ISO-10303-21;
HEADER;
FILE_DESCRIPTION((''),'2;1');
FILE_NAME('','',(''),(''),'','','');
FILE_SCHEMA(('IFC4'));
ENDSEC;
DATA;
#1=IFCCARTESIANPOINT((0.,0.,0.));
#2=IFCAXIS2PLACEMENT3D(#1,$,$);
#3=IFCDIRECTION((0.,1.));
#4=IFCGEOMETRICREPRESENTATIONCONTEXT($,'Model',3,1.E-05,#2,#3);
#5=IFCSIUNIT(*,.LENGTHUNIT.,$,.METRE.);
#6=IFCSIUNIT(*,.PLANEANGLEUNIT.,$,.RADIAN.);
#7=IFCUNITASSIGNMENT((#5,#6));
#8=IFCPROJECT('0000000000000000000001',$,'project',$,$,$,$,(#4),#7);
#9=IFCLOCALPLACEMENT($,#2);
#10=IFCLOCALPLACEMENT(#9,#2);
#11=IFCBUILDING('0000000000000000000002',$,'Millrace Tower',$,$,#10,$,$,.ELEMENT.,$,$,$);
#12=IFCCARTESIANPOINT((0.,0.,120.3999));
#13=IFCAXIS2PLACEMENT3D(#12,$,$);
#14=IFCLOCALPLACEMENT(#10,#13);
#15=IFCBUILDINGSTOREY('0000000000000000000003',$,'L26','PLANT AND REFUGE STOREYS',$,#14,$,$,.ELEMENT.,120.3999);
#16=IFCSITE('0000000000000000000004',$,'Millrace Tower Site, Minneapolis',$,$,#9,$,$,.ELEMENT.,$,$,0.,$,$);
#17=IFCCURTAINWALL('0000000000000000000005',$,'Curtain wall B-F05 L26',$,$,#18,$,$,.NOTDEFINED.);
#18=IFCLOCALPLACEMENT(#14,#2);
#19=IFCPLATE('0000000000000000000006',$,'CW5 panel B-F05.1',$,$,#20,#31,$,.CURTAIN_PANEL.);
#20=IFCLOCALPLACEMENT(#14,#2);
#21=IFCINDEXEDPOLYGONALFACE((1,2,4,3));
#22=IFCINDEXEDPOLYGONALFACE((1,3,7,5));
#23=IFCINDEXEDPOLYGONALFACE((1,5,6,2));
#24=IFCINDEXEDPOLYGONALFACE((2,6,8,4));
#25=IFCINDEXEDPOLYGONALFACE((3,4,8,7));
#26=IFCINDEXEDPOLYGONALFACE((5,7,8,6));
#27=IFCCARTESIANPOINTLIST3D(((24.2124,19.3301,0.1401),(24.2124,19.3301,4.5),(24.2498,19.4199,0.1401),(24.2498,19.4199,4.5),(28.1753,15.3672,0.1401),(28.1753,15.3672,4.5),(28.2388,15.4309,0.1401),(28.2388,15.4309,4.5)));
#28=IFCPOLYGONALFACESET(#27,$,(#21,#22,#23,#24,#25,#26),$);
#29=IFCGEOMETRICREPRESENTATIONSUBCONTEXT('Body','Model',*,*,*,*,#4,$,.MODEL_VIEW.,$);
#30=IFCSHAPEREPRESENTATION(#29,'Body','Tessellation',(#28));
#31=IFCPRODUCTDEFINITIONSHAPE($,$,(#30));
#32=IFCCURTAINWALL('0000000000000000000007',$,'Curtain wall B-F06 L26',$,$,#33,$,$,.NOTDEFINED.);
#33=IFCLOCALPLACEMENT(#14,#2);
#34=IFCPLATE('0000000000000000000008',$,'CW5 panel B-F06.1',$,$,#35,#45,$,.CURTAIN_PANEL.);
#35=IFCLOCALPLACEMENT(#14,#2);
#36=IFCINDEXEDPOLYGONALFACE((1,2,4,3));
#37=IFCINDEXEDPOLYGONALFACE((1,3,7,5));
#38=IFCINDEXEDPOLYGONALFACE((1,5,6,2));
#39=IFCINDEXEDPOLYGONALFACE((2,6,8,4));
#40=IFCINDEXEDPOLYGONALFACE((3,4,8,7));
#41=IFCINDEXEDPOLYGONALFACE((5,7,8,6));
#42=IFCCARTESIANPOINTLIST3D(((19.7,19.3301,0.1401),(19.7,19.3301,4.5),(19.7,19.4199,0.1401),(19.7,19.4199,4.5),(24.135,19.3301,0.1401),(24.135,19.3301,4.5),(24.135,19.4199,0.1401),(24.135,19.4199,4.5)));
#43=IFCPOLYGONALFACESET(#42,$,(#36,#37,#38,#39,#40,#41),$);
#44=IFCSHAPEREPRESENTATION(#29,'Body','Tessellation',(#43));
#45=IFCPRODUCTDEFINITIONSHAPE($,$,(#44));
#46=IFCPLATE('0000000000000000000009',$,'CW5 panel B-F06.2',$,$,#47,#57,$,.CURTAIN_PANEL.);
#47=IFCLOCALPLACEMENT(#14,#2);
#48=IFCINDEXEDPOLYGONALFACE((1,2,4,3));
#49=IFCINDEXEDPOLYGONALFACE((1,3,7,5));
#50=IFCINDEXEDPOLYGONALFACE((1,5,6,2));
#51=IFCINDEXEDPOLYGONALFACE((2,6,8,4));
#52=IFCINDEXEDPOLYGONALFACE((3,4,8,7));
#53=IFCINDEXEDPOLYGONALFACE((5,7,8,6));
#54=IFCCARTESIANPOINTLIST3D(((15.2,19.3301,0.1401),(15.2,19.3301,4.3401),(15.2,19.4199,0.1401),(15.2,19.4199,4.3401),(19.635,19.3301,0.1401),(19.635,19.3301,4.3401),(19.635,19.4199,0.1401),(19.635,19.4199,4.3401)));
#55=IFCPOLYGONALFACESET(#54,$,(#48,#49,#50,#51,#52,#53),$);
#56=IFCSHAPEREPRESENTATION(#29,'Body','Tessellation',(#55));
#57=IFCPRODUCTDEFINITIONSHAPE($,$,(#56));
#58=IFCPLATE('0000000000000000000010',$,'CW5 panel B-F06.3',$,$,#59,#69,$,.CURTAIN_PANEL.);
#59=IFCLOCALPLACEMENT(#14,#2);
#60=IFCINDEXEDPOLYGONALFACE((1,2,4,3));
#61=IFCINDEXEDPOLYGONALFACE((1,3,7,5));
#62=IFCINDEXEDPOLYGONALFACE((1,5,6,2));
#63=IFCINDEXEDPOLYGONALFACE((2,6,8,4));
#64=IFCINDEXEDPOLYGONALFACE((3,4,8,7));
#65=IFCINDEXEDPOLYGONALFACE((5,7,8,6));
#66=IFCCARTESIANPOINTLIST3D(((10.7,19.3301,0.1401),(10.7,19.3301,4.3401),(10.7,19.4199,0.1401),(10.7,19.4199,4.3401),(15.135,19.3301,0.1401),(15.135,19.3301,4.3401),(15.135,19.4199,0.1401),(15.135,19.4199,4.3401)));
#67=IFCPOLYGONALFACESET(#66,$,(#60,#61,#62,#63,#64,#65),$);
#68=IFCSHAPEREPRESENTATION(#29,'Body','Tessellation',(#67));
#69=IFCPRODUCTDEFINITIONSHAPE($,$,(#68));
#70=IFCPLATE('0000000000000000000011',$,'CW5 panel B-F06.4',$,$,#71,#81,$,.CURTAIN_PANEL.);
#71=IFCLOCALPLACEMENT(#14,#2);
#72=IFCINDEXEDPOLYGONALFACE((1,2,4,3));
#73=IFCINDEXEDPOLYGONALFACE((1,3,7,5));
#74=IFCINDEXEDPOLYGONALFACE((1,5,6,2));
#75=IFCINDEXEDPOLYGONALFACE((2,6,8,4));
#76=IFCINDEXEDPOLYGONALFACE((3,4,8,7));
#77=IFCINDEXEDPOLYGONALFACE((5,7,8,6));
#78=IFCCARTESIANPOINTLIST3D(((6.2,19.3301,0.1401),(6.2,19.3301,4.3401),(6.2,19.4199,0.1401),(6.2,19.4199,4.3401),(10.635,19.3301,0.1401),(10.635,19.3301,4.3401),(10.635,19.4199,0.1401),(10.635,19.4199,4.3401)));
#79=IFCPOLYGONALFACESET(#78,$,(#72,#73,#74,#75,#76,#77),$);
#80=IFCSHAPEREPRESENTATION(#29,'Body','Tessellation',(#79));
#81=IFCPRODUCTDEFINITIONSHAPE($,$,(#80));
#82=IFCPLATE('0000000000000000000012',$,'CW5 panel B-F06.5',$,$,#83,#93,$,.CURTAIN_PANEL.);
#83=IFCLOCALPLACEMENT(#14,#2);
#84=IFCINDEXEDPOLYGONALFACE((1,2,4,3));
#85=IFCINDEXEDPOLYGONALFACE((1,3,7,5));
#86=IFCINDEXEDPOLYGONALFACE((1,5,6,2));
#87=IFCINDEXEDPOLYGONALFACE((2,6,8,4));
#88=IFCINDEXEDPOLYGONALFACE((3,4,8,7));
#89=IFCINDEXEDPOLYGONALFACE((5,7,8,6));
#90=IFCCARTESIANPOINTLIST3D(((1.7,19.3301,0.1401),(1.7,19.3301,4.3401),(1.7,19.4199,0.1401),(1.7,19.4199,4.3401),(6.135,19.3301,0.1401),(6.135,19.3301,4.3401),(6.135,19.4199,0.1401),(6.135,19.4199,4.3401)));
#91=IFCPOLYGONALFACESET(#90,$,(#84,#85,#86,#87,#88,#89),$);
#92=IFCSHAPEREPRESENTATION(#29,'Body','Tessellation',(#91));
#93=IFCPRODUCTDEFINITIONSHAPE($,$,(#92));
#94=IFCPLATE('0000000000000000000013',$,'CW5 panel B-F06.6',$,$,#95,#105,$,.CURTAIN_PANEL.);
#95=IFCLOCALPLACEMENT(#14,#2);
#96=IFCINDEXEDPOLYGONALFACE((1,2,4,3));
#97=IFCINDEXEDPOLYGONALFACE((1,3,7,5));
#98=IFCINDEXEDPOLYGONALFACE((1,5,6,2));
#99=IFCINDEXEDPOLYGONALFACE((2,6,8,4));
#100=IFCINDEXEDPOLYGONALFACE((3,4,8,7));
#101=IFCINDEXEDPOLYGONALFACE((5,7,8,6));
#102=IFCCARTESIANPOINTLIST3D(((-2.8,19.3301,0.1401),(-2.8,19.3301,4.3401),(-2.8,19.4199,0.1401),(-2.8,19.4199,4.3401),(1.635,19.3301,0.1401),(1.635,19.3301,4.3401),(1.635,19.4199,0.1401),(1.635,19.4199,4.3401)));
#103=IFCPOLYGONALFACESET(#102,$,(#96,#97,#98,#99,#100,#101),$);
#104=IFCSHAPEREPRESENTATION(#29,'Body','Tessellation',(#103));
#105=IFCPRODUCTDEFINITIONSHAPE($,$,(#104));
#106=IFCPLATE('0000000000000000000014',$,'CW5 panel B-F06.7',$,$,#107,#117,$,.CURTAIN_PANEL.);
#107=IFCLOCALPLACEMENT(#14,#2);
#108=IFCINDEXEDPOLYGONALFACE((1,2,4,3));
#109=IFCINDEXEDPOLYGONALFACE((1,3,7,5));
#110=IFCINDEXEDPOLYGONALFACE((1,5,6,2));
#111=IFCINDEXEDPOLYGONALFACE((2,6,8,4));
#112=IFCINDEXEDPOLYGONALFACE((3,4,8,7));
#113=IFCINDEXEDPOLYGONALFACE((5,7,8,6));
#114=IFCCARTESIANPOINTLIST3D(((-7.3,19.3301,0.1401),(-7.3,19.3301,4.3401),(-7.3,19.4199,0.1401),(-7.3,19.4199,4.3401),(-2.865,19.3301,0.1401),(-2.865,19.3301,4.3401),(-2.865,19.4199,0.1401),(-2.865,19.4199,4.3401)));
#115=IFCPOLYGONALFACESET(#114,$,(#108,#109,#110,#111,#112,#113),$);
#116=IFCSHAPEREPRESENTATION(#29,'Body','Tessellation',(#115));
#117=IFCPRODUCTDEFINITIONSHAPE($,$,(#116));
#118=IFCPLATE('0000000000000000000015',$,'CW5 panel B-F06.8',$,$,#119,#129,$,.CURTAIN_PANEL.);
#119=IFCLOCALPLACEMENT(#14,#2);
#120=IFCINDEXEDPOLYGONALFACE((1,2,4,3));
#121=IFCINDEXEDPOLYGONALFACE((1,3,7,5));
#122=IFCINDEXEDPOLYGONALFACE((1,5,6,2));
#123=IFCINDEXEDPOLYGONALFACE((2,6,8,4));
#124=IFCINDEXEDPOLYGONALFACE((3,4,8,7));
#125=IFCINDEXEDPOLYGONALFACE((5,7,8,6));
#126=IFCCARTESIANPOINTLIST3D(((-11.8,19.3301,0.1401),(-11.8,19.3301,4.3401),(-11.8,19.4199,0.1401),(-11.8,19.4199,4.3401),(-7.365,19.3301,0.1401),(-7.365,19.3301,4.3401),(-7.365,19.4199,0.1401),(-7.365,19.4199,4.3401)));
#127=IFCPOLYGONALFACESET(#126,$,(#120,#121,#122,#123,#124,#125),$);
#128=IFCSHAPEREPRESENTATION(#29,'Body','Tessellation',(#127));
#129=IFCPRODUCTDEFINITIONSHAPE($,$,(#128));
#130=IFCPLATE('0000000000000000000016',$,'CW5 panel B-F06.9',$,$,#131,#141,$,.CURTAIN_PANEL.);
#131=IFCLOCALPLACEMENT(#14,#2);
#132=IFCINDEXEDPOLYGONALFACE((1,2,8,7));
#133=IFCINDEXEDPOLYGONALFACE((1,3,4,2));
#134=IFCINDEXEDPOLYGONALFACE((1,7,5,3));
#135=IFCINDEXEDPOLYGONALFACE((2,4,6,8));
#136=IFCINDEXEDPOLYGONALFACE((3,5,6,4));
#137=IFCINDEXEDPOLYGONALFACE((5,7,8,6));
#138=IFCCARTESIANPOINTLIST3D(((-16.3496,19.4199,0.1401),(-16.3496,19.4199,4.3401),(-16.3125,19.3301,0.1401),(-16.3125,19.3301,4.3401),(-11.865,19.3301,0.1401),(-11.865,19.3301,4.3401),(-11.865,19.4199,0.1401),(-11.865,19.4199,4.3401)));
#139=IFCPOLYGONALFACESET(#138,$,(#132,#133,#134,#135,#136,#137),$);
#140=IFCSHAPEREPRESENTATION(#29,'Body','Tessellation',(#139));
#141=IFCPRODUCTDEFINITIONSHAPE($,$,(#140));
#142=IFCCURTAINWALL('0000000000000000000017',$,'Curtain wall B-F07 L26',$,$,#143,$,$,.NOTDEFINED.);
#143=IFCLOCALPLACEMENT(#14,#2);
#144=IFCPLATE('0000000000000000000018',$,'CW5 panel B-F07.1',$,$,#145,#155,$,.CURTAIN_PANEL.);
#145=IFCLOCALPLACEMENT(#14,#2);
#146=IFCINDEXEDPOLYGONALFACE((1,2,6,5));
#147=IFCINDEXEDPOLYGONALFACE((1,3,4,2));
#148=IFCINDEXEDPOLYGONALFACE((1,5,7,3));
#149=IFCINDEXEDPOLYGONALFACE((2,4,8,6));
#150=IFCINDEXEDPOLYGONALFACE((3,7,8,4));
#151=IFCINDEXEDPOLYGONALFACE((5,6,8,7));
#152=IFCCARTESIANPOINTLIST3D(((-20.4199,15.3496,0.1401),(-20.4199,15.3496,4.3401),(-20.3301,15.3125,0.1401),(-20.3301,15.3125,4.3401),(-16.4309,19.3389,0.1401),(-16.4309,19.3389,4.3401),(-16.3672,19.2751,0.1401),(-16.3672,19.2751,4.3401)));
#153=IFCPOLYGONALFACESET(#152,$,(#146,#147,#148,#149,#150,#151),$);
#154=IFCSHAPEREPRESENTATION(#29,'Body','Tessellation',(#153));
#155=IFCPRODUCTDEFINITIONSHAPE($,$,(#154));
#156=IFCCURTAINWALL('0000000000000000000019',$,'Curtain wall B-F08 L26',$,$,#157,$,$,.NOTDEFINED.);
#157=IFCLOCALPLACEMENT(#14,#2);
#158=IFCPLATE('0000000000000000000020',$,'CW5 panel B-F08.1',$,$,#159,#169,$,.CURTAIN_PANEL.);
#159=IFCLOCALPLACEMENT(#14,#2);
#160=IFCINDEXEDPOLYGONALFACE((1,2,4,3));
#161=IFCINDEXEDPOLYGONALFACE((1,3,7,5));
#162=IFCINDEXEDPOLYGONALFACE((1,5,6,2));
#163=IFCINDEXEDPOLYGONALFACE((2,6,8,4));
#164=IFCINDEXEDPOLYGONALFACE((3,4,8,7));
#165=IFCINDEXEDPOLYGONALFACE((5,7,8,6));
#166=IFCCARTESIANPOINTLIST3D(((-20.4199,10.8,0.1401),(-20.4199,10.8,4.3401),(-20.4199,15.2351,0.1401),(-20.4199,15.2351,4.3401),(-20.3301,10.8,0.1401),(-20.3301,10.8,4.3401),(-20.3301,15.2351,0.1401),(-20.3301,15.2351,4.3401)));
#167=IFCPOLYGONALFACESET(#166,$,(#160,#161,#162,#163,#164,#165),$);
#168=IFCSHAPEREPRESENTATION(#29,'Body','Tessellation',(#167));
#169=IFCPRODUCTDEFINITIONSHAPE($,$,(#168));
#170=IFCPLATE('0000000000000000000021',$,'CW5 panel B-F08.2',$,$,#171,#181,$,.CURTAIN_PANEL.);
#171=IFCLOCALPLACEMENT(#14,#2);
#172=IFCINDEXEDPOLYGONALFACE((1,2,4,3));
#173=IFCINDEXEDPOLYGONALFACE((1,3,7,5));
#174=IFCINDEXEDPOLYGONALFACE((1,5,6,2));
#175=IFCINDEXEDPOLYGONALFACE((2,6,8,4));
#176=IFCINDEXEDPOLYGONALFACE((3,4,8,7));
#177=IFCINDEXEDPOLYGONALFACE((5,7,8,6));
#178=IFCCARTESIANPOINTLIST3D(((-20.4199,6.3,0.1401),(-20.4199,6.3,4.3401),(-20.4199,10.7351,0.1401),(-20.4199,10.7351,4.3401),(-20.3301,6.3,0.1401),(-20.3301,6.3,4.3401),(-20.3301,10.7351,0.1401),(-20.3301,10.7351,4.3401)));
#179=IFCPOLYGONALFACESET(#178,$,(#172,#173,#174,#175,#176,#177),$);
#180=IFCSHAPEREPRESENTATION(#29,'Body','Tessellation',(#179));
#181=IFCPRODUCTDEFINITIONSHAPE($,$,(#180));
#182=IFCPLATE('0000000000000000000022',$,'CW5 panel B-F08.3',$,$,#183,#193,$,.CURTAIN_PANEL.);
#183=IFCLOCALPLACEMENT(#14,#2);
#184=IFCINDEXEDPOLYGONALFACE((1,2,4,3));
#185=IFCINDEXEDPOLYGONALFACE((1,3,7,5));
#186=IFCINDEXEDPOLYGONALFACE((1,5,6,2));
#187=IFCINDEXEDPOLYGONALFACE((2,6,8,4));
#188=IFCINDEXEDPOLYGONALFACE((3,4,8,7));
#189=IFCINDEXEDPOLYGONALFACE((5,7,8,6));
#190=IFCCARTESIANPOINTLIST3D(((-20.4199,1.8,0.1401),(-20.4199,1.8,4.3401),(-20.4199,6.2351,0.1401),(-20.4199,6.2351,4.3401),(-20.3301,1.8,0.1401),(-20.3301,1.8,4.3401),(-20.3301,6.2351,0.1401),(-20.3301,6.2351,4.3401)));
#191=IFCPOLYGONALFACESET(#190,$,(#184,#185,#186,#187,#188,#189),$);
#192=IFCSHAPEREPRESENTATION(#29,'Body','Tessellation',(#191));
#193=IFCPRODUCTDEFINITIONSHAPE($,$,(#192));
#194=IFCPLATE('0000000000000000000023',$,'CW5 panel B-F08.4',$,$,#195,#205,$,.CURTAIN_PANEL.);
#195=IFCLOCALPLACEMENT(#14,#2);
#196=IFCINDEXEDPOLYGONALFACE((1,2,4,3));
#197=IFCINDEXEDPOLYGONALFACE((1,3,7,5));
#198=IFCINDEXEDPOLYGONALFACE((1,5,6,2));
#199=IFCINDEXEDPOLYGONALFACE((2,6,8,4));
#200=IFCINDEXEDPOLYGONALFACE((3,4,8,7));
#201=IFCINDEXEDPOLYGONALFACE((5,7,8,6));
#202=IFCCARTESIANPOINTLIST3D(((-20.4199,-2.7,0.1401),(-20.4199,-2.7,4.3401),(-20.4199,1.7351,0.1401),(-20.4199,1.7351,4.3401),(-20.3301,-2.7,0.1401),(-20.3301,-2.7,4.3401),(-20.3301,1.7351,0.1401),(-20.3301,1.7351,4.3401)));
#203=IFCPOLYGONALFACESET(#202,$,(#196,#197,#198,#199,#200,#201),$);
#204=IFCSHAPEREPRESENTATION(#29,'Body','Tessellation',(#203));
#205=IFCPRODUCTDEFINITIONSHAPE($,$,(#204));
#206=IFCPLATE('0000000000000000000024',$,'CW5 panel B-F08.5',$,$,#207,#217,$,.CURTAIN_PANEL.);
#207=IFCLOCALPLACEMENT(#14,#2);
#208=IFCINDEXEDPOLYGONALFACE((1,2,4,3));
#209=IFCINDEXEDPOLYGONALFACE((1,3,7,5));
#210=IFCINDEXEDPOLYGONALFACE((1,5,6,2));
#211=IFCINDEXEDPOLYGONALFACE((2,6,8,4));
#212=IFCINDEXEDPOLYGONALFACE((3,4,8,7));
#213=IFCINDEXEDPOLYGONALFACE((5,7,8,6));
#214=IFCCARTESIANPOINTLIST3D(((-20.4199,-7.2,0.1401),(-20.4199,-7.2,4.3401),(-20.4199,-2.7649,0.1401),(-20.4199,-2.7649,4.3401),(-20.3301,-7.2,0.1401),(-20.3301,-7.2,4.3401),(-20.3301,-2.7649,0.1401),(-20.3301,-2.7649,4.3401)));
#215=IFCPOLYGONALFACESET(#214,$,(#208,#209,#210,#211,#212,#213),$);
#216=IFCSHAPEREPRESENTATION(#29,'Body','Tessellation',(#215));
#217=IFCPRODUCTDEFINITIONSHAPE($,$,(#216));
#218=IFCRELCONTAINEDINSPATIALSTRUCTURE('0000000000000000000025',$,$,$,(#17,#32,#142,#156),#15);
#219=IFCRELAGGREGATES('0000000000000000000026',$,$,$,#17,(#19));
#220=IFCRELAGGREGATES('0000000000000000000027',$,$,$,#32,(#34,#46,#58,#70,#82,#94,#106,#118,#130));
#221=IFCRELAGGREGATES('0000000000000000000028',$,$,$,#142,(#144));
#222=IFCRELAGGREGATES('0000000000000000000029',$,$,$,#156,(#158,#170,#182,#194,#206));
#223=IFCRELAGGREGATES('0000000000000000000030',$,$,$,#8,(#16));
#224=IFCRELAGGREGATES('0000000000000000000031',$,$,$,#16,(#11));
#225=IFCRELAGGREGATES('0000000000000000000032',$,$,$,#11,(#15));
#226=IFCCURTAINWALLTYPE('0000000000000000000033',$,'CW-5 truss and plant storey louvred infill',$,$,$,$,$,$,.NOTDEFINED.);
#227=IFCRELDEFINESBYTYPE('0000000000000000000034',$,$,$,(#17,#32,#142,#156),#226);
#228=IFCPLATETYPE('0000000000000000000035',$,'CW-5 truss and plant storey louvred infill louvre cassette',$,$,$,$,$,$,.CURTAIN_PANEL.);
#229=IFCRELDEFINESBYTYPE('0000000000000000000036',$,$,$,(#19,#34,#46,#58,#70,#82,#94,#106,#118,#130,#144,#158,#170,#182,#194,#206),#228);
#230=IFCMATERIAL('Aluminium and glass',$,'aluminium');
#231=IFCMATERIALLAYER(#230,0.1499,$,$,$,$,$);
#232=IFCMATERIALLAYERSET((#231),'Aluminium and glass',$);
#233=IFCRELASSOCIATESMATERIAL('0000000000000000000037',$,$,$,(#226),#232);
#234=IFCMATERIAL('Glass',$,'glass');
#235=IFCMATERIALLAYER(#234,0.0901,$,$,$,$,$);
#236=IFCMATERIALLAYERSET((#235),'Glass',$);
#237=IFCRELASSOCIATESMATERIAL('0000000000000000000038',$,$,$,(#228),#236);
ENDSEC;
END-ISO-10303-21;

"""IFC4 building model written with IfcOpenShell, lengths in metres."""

from ifc_helpers import new_model, si_unit, direction, frame, origin, place, context, subcontext, project, spatial, polyline, outline, extrude, material, layer, layer_set, type_object, element, aggregate, save


model = new_model("IFC4")

# Units and contexts
model_context = context("Model", 3, precision=1e-05, world=origin(), true_north=direction((0.0, 1.0)))
body_context = subcontext(model_context, "Body", "Model", "MODEL_VIEW")
ifc_project = project(units=[si_unit("LENGTHUNIT", "METRE"), si_unit("PLANEANGLEUNIT", "RADIAN")], contexts=[model_context])

# Site, building, storey
site_placement = place(None, origin())
site = spatial("IfcSite", under=ifc_project, at=site_placement, Name="Millrace Tower Site, Minneapolis", CompositionType="ELEMENT", RefElevation=0.0)
building_placement = place(site_placement, origin())
building = spatial("IfcBuilding", under=site, at=building_placement, Name="Millrace Tower", CompositionType="ELEMENT")
storey_placement = place(building_placement, frame((0.0, 0.0, 120.3999)))
storey = spatial("IfcBuildingStorey", under=building, at=storey_placement, Name="L26", Description="PLANT AND REFUGE STOREYS", CompositionType="ELEMENT", Elevation=120.3999)

# Curtain wall, plate
ifc_material_1 = material(Name="Aluminium and glass", Category="aluminium")
ifc_layer_1 = layer(ifc_material_1, 0.1499)
ifc_layer_set_1 = layer_set([ifc_layer_1], Name="Aluminium and glass")
curtain_wall_type = type_object("IfcCurtainWallType", Name="CW-5 truss and plant storey louvred infill", PredefinedType="NOTDEFINED", material=ifc_layer_set_1)
placement_1 = place(storey_placement, origin())
curtain_wall_1 = element("IfcCurtainWall", 1, at=placement_1, inside=storey, type_object=curtain_wall_type, Name="Curtain wall B-F05 L26", PredefinedType="NOTDEFINED")
ifc_material_2 = material(Name="Glass", Category="glass")
ifc_layer_2 = layer(ifc_material_2, 0.0901)
ifc_layer_set_2 = layer_set([ifc_layer_2], Name="Glass")
plate_type = type_object("IfcPlateType", Name="CW-5 truss and plant storey louvred infill louvre cassette", PredefinedType="CURTAIN_PANEL", material=ifc_layer_set_2)
placement_2 = place(storey_placement, frame((0.0, 0.0, 0.1401)))
plate_1 = element("IfcPlate", 2, at=placement_2, type_object=plate_type, Name="CW5 panel B-F05.1", PredefinedType="CURTAIN_PANEL", context=body_context, shape_type="SweptSolid", body=[
    extrude(outline(polyline([(28.2388, 15.4309), (24.2498, 19.4199), (24.2124, 19.3301), (28.1753, 15.3672), (28.2388, 15.4309)])), origin(), (0.0, 0.0, 1.0), 4.3599),
])
aggregate(curtain_wall_1, [plate_1])

# Curtain wall, plates
curtain_wall_2 = element("IfcCurtainWall", 3, at=placement_1, inside=storey, type_object=curtain_wall_type, Name="Curtain wall B-F06 L26", PredefinedType="NOTDEFINED")
plate_2 = element("IfcPlate", 4, at=placement_2, type_object=plate_type, Name="CW5 panel B-F06.1", PredefinedType="CURTAIN_PANEL", context=body_context, shape_type="SweptSolid", body=[
    extrude(outline(polyline([(24.135, 19.4199), (19.7, 19.4199), (19.7, 19.3301), (24.135, 19.3301), (24.135, 19.4199)])), origin(), (0.0, 0.0, 1.0), 4.3599),
])
plate_3 = element("IfcPlate", 5, at=placement_2, type_object=plate_type, Name="CW5 panel B-F06.2", PredefinedType="CURTAIN_PANEL", context=body_context, shape_type="SweptSolid", body=[
    extrude(outline(polyline([(19.635, 19.4199), (15.2, 19.4199), (15.2, 19.3301), (19.635, 19.3301), (19.635, 19.4199)])), origin(), (0.0, 0.0, 1.0), 4.2),
])
plate_4 = element("IfcPlate", 6, at=placement_2, type_object=plate_type, Name="CW5 panel B-F06.3", PredefinedType="CURTAIN_PANEL", context=body_context, shape_type="SweptSolid", body=[
    extrude(outline(polyline([(15.135, 19.4199), (10.7, 19.4199), (10.7, 19.3301), (15.135, 19.3301), (15.135, 19.4199)])), origin(), (0.0, 0.0, 1.0), 4.2),
])
plate_5 = element("IfcPlate", 7, at=placement_2, type_object=plate_type, Name="CW5 panel B-F06.4", PredefinedType="CURTAIN_PANEL", context=body_context, shape_type="SweptSolid", body=[
    extrude(outline(polyline([(10.635, 19.4199), (6.2, 19.4199), (6.2, 19.3301), (10.635, 19.3301), (10.635, 19.4199)])), origin(), (0.0, 0.0, 1.0), 4.2),
])
plate_6 = element("IfcPlate", 8, at=placement_2, type_object=plate_type, Name="CW5 panel B-F06.5", PredefinedType="CURTAIN_PANEL", context=body_context, shape_type="SweptSolid", body=[
    extrude(outline(polyline([(6.135, 19.4199), (1.7, 19.4199), (1.7, 19.3301), (6.135, 19.3301), (6.135, 19.4199)])), origin(), (0.0, 0.0, 1.0), 4.2),
])
plate_7 = element("IfcPlate", 9, at=placement_2, type_object=plate_type, Name="CW5 panel B-F06.6", PredefinedType="CURTAIN_PANEL", context=body_context, shape_type="SweptSolid", body=[
    extrude(outline(polyline([(1.635, 19.4199), (-2.8, 19.4199), (-2.8, 19.3301), (1.635, 19.3301), (1.635, 19.4199)])), origin(), (0.0, 0.0, 1.0), 4.2),
])
plate_8 = element("IfcPlate", 10, at=placement_2, type_object=plate_type, Name="CW5 panel B-F06.7", PredefinedType="CURTAIN_PANEL", context=body_context, shape_type="SweptSolid", body=[
    extrude(outline(polyline([(-2.865, 19.4199), (-7.3, 19.4199), (-7.3, 19.3301), (-2.865, 19.3301), (-2.865, 19.4199)])), origin(), (0.0, 0.0, 1.0), 4.2),
])
plate_9 = element("IfcPlate", 11, at=placement_2, type_object=plate_type, Name="CW5 panel B-F06.8", PredefinedType="CURTAIN_PANEL", context=body_context, shape_type="SweptSolid", body=[
    extrude(outline(polyline([(-7.365, 19.4199), (-11.8, 19.4199), (-11.8, 19.3301), (-7.365, 19.3301), (-7.365, 19.4199)])), origin(), (0.0, 0.0, 1.0), 4.2),
])
plate_10 = element("IfcPlate", 12, at=placement_2, type_object=plate_type, Name="CW5 panel B-F06.9", PredefinedType="CURTAIN_PANEL", context=body_context, shape_type="SweptSolid", body=[
    extrude(outline(polyline([(-11.865, 19.4199), (-16.3496, 19.4199), (-16.3125, 19.3301), (-11.865, 19.3301), (-11.865, 19.4199)])), origin(), (0.0, 0.0, 1.0), 4.2),
])
aggregate(curtain_wall_2, [plate_2, plate_3, plate_4, plate_5, plate_6, plate_7, plate_8, plate_9, plate_10])

# Curtain wall, plate
curtain_wall_3 = element("IfcCurtainWall", 13, at=placement_1, inside=storey, type_object=curtain_wall_type, Name="Curtain wall B-F07 L26", PredefinedType="NOTDEFINED")
plate_11 = element("IfcPlate", 14, at=placement_2, type_object=plate_type, Name="CW5 panel B-F07.1", PredefinedType="CURTAIN_PANEL", context=body_context, shape_type="SweptSolid", body=[
    extrude(outline(polyline([(-16.4309, 19.3389), (-20.4199, 15.3496), (-20.3301, 15.3125), (-16.3672, 19.2751), (-16.4309, 19.3389)])), origin(), (0.0, 0.0, 1.0), 4.2),
])
aggregate(curtain_wall_3, [plate_11])

# Curtain wall, plates
curtain_wall_4 = element("IfcCurtainWall", 15, at=placement_1, inside=storey, type_object=curtain_wall_type, Name="Curtain wall B-F08 L26", PredefinedType="NOTDEFINED")
plate_12 = element("IfcPlate", 16, at=placement_2, type_object=plate_type, Name="CW5 panel B-F08.1", PredefinedType="CURTAIN_PANEL", context=body_context, shape_type="SweptSolid", body=[
    extrude(outline(polyline([(-20.4199, 15.2351), (-20.4199, 10.8), (-20.3301, 10.8), (-20.3301, 15.2351), (-20.4199, 15.2351)])), origin(), (0.0, 0.0, 1.0), 4.2),
])
plate_13 = element("IfcPlate", 17, at=placement_2, type_object=plate_type, Name="CW5 panel B-F08.2", PredefinedType="CURTAIN_PANEL", context=body_context, shape_type="SweptSolid", body=[
    extrude(outline(polyline([(-20.4199, 10.7351), (-20.4199, 6.3), (-20.3301, 6.3), (-20.3301, 10.7351), (-20.4199, 10.7351)])), origin(), (0.0, 0.0, 1.0), 4.2),
])
plate_14 = element("IfcPlate", 18, at=placement_2, type_object=plate_type, Name="CW5 panel B-F08.3", PredefinedType="CURTAIN_PANEL", context=body_context, shape_type="SweptSolid", body=[
    extrude(outline(polyline([(-20.4199, 6.2351), (-20.4199, 1.8), (-20.3301, 1.8), (-20.3301, 6.2351), (-20.4199, 6.2351)])), origin(), (0.0, 0.0, 1.0), 4.2),
])
plate_15 = element("IfcPlate", 19, at=placement_2, type_object=plate_type, Name="CW5 panel B-F08.4", PredefinedType="CURTAIN_PANEL", context=body_context, shape_type="SweptSolid", body=[
    extrude(outline(polyline([(-20.4199, 1.7351), (-20.4199, -2.7), (-20.3301, -2.7), (-20.3301, 1.7351), (-20.4199, 1.7351)])), origin(), (0.0, 0.0, 1.0), 4.2),
])
plate_16 = element("IfcPlate", 20, at=placement_2, type_object=plate_type, Name="CW5 panel B-F08.5", PredefinedType="CURTAIN_PANEL", context=body_context, shape_type="SweptSolid", body=[
    extrude(outline(polyline([(-20.4199, -2.7649), (-20.4199, -7.2), (-20.3301, -7.2), (-20.3301, -2.7649), (-20.4199, -2.7649)])), origin(), (0.0, 0.0, 1.0), 4.2),
])
aggregate(curtain_wall_4, [plate_12, plate_13, plate_14, plate_15, plate_16])

save(model, "model.ifc")
